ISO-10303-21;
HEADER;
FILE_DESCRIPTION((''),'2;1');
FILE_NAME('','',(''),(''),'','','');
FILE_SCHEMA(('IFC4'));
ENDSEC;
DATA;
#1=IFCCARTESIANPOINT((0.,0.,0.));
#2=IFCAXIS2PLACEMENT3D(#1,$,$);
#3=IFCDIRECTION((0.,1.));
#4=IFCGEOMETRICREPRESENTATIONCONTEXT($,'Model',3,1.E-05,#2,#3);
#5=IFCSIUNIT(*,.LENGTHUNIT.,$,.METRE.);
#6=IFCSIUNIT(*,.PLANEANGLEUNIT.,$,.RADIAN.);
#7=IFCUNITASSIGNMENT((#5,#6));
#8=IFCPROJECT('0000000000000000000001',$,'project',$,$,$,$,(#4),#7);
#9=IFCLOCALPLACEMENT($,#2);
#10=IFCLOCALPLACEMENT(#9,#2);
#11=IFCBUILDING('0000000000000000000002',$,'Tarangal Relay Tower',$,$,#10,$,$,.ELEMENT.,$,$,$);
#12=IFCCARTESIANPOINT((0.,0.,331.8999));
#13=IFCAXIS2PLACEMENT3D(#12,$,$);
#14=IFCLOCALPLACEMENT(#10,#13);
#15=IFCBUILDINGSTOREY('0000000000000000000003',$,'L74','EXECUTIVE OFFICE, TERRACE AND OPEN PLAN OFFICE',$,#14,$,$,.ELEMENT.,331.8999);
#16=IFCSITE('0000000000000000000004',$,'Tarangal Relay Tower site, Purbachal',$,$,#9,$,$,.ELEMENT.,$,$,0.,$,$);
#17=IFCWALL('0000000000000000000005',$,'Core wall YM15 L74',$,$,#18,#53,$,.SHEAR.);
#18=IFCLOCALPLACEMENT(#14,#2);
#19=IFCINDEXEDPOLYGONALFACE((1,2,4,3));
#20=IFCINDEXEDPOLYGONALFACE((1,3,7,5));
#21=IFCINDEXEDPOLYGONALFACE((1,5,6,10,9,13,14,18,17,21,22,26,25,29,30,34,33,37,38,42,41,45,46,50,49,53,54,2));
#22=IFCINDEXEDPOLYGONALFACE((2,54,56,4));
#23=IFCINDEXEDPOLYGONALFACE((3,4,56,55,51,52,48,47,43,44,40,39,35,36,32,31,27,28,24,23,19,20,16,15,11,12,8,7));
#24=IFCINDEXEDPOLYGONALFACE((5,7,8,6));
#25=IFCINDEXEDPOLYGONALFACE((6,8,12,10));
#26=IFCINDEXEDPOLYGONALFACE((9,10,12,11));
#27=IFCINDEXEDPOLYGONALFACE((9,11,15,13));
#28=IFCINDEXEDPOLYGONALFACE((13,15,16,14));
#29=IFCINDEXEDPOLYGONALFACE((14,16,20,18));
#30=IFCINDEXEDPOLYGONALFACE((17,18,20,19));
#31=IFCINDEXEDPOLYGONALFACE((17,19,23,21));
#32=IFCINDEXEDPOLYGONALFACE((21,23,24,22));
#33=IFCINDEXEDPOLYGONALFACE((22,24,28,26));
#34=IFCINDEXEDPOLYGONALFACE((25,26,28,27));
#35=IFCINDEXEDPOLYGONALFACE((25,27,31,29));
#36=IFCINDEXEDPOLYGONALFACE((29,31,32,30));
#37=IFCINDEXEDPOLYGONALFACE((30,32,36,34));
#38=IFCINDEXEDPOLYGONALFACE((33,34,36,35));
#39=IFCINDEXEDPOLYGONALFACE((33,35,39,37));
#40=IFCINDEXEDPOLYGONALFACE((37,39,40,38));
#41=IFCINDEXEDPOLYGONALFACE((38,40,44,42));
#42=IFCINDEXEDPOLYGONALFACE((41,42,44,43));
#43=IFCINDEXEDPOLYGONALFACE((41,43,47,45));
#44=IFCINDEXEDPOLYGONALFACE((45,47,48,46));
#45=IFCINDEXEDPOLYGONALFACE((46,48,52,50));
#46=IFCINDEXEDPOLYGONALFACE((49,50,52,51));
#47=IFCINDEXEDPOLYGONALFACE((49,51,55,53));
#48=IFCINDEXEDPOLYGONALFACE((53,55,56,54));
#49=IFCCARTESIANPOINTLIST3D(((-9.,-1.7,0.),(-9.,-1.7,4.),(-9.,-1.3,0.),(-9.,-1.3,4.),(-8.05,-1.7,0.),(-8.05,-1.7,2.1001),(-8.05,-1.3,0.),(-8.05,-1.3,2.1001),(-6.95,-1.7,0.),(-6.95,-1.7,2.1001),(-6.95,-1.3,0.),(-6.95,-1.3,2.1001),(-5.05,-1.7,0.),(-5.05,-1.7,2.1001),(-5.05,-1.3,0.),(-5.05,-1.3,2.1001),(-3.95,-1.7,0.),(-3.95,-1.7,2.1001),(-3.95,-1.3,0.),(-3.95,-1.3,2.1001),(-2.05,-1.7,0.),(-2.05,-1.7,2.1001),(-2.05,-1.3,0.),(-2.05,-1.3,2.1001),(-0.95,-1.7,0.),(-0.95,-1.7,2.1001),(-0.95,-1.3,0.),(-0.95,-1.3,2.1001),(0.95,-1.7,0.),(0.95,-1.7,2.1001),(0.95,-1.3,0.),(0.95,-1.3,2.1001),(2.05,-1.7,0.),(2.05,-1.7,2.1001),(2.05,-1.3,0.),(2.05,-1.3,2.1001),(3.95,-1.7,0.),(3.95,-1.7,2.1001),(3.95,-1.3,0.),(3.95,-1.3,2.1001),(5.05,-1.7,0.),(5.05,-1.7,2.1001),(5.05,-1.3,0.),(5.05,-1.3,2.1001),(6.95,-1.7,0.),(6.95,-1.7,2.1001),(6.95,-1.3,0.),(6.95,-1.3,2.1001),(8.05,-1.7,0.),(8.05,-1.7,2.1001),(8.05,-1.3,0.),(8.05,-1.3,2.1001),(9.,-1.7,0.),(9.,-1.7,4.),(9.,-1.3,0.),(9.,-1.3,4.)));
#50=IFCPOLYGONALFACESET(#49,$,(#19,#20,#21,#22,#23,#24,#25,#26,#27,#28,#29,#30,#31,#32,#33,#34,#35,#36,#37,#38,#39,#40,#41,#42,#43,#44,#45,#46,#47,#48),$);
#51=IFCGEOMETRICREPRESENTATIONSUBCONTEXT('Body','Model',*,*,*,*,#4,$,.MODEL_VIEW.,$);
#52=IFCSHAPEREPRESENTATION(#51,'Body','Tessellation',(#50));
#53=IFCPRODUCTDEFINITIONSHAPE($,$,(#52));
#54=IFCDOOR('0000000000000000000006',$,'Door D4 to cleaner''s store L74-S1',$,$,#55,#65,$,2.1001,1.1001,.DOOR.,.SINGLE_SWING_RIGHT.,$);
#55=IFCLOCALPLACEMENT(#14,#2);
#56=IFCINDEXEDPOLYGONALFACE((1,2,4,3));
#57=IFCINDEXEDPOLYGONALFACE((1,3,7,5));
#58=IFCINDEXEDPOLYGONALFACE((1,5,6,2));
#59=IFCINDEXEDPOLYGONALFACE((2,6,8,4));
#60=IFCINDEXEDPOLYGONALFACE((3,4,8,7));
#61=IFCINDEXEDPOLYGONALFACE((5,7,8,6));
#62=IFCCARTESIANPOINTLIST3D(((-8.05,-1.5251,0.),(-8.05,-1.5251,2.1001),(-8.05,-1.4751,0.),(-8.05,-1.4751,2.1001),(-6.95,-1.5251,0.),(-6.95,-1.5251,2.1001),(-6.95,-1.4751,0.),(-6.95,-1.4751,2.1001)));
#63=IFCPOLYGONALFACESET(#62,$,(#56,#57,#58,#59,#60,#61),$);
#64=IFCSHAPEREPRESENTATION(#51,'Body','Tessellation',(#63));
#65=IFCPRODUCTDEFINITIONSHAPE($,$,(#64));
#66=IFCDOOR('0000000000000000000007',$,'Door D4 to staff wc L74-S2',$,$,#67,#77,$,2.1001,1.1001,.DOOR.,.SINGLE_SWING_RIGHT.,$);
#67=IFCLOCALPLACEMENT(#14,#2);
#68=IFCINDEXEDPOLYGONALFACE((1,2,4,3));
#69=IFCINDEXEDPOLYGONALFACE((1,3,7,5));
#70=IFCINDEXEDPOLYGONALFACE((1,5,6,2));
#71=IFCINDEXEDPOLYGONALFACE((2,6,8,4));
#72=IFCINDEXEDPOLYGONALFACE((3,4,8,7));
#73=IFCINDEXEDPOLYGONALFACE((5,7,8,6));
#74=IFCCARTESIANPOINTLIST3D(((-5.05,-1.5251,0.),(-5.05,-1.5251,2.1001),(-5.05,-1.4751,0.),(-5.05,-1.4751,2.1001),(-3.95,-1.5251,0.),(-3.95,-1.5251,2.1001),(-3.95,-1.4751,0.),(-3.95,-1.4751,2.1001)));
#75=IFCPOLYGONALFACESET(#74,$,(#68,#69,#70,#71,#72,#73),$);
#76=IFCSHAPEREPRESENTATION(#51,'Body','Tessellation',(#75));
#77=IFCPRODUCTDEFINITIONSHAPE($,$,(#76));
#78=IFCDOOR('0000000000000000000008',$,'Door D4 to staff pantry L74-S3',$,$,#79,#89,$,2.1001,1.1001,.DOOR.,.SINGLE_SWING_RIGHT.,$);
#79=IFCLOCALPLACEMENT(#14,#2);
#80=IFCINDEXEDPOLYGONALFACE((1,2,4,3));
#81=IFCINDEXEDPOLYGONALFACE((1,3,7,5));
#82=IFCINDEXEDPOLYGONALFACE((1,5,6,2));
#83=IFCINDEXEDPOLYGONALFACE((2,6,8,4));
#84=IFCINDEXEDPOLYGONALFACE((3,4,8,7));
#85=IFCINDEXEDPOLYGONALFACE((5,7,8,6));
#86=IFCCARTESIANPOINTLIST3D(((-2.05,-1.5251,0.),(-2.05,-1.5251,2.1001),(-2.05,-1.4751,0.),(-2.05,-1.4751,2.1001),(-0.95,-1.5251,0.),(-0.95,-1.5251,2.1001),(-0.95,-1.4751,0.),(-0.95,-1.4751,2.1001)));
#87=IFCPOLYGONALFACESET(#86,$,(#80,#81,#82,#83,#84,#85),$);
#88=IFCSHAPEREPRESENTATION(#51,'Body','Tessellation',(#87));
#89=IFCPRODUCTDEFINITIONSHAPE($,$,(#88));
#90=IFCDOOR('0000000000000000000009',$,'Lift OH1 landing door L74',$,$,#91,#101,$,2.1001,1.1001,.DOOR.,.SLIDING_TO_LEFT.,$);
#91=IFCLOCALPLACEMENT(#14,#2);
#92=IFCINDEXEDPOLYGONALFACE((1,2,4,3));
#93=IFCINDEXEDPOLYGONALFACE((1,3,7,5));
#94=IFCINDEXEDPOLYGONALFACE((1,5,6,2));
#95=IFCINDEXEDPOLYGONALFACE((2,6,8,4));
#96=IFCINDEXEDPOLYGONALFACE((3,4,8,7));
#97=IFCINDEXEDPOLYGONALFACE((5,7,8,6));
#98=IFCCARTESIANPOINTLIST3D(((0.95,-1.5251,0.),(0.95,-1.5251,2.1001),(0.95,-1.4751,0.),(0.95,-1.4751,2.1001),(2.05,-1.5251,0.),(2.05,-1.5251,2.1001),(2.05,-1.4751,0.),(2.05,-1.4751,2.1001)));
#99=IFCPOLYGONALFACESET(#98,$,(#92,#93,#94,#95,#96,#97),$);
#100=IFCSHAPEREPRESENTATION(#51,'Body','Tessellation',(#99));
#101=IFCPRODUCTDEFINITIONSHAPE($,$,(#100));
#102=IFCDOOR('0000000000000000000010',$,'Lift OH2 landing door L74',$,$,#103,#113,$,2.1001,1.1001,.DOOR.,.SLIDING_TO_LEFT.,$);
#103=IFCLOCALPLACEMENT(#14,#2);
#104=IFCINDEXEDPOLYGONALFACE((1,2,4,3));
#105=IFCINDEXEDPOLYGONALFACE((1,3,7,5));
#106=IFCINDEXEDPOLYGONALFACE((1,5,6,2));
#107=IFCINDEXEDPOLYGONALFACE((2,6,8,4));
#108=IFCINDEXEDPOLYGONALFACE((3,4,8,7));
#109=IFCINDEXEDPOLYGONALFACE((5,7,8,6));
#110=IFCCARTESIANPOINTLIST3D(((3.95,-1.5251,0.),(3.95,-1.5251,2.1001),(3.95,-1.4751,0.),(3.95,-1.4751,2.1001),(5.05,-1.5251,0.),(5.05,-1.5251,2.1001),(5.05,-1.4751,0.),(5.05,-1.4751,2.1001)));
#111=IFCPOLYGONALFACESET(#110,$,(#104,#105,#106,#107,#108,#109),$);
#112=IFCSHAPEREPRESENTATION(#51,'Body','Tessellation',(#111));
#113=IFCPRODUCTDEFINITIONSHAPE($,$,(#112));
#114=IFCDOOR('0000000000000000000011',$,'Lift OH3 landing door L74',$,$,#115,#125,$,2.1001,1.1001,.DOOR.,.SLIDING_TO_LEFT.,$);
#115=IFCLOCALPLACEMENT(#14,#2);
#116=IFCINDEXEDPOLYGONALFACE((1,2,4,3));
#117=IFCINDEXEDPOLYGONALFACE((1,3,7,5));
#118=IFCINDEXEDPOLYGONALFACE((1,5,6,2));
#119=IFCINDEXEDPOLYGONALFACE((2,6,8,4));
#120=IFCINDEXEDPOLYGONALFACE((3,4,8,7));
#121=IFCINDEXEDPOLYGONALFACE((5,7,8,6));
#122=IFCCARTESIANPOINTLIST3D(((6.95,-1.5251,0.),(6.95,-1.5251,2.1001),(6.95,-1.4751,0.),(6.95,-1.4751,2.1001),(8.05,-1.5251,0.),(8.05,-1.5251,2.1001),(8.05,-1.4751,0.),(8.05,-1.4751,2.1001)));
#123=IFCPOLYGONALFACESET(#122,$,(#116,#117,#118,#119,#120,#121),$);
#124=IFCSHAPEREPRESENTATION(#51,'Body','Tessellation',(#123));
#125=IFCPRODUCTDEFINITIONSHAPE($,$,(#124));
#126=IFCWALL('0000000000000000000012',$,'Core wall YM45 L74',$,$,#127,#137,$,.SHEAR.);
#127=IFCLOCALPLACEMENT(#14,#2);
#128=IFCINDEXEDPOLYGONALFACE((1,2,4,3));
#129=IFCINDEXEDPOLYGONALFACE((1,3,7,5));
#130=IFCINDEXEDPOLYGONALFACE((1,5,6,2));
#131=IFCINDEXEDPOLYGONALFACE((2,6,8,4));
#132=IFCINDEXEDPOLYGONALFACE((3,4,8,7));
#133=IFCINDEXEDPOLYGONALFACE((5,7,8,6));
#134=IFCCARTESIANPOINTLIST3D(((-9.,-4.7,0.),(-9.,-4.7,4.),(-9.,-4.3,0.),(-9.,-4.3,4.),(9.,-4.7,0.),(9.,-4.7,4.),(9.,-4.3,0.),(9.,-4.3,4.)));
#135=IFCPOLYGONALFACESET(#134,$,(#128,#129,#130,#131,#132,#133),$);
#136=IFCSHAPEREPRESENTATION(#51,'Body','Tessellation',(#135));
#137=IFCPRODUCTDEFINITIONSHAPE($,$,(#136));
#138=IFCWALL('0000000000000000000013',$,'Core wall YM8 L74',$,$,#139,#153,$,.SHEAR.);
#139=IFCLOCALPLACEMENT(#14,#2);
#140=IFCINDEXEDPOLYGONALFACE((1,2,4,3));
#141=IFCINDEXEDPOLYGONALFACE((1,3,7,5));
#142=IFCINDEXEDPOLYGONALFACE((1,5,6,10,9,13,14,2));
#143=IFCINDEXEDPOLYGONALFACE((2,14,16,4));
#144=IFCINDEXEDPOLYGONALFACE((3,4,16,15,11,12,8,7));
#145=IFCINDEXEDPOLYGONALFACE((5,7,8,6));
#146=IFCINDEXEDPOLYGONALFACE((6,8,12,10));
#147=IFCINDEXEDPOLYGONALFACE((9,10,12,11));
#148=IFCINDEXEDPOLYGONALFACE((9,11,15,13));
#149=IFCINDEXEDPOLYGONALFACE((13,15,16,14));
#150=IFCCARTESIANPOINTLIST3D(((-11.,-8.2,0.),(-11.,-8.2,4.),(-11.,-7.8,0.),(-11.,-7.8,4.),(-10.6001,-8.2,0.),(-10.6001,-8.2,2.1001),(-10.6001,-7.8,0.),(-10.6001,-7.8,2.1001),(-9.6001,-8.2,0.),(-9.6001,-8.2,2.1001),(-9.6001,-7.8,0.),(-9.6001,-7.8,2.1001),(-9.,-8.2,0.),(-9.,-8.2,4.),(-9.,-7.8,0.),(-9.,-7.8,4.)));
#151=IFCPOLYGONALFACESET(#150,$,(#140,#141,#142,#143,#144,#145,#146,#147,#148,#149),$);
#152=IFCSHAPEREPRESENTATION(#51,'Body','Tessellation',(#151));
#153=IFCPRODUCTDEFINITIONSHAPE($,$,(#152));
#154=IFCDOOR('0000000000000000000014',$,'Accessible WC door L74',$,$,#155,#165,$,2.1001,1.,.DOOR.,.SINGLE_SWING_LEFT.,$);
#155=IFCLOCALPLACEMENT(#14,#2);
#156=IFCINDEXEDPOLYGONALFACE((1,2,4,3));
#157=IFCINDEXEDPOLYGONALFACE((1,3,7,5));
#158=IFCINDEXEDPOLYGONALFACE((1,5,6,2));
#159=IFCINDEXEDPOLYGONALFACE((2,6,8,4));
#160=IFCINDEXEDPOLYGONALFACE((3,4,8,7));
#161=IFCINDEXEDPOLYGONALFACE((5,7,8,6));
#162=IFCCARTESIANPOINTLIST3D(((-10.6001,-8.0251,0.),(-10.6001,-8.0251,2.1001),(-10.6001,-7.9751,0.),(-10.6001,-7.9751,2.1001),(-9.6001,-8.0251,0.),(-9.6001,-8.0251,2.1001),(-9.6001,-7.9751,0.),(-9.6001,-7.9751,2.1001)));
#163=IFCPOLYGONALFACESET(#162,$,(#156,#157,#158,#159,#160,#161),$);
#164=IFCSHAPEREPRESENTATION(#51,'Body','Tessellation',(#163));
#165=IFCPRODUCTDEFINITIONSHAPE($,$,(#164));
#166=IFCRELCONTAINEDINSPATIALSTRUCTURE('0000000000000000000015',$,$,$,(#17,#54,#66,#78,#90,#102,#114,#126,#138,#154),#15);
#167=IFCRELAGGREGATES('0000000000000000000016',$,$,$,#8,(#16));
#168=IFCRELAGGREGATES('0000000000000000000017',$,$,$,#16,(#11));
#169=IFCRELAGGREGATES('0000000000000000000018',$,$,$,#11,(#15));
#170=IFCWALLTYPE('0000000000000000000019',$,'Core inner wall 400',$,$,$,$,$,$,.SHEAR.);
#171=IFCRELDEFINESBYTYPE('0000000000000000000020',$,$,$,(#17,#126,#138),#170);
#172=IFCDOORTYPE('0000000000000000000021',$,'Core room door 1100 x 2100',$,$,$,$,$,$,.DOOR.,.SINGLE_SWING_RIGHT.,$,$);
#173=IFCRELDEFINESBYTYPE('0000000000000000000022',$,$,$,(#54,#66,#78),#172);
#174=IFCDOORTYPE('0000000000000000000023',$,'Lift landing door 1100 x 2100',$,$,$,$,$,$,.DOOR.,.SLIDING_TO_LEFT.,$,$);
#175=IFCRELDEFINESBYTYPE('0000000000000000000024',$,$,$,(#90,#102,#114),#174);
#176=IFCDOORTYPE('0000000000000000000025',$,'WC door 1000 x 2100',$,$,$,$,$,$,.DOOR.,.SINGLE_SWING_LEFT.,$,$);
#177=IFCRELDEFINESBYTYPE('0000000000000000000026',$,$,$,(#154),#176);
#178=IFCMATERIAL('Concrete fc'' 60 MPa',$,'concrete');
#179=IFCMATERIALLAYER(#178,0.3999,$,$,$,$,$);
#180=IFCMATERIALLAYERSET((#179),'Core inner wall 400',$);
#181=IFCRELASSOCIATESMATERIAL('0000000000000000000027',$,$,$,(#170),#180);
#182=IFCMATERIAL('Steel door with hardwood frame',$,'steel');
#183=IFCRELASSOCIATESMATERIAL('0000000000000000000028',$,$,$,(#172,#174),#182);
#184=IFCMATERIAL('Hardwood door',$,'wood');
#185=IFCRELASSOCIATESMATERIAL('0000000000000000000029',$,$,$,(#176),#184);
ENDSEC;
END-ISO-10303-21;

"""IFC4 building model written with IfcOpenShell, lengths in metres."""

from ifc_helpers import new_model, si_unit, direction, frame, frame_2d, origin, place, context, subcontext, project, spatial, rectangle, extrude, material, layer, layer_set, type_object, element, fill, save


model = new_model("IFC4")

# Units and contexts
model_context = context("Model", 3, precision=1e-05, world=origin(), true_north=direction((0.0, 1.0)))
body_context = subcontext(model_context, "Body", "Model", "MODEL_VIEW")
ifc_project = project(units=[si_unit("LENGTHUNIT", "METRE"), si_unit("PLANEANGLEUNIT", "RADIAN")], contexts=[model_context])

# Site, building, storey
site_placement = place(None, origin())
site = spatial("IfcSite", under=ifc_project, at=site_placement, Name="Tarangal Relay Tower site, Purbachal", CompositionType="ELEMENT", RefElevation=0.0)
building_placement = place(site_placement, origin())
building = spatial("IfcBuilding", under=site, at=building_placement, Name="Tarangal Relay Tower", CompositionType="ELEMENT")
storey_placement = place(building_placement, frame((0.0, 0.0, 331.8999)))
storey = spatial("IfcBuildingStorey", under=building, at=storey_placement, Name="L74", Description="EXECUTIVE OFFICE, TERRACE AND OPEN PLAN OFFICE", CompositionType="ELEMENT", Elevation=331.8999)

# Wall, openings, doors
ifc_material_1 = material(Name="Concrete fc' 60 MPa", Category="concrete")
ifc_layer_1 = layer(ifc_material_1, 0.3999)
ifc_layer_set_1 = layer_set([ifc_layer_1], Name="Core inner wall 400")
wall_type_1 = type_object("IfcWallType", Name="Core inner wall 400", PredefinedType="SHEAR", material=ifc_layer_set_1)
wall_1_placement = place(storey_placement, frame((-9.0, -1.5, 0.0), z_axis=(0.0, 0.0, 1.0), x_axis=(1.0, 0.0, 0.0)))
wall_1 = element("IfcWall", 1, at=wall_1_placement, inside=storey, type_object=wall_type_1, Name="Core wall YM15 L74", PredefinedType="SHEAR", context=body_context, shape_type="SweptSolid", body=[
    extrude(rectangle(XDim=18.0, YDim=0.3999, at=frame_2d((9.0, 0.0))), origin(), (0.0, 0.0, 1.0), 4.0),
])
opening_1_placement = place(wall_1_placement, frame((9.95, 0.0, 0.0)))
opening_1 = element("IfcOpeningElement", 2, at=opening_1_placement, cuts=wall_1, PredefinedType="OPENING", context=body_context, shape_type="SweptSolid", body=[
    extrude(rectangle(XDim=1.1001, YDim=2.1001, at=frame_2d((0.55, 1.05))), frame((0.0, 0.21, 0.0), z_axis=(0.0, -1.0, 0.0), x_axis=(1.0, 0.0, 0.0)), (0.0, 0.0, 1.0), 0.4199),
])
opening_2_placement = place(wall_1_placement, frame((12.95, 0.0, 0.0)))
opening_2 = element("IfcOpeningElement", 3, at=opening_2_placement, cuts=wall_1, PredefinedType="OPENING", context=body_context, shape_type="SweptSolid", body=[
    extrude(rectangle(XDim=1.1001, YDim=2.1001, at=frame_2d((0.55, 1.05))), frame((0.0, 0.21, 0.0), z_axis=(0.0, -1.0, 0.0), x_axis=(1.0, 0.0, 0.0)), (0.0, 0.0, 1.0), 0.4199),
])
opening_3_placement = place(wall_1_placement, frame((15.95, 0.0, 0.0)))
opening_3 = element("IfcOpeningElement", 4, at=opening_3_placement, cuts=wall_1, PredefinedType="OPENING", context=body_context, shape_type="SweptSolid", body=[
    extrude(rectangle(XDim=1.1001, YDim=2.1001, at=frame_2d((0.55, 1.05))), frame((0.0, 0.21, 0.0), z_axis=(0.0, -1.0, 0.0), x_axis=(1.0, 0.0, 0.0)), (0.0, 0.0, 1.0), 0.4199),
])
opening_4_placement = place(wall_1_placement, frame((0.95, 0.0, 0.0)))
opening_4 = element("IfcOpeningElement", 5, at=opening_4_placement, cuts=wall_1, PredefinedType="OPENING", context=body_context, shape_type="SweptSolid", body=[
    extrude(rectangle(XDim=1.1001, YDim=2.1001, at=frame_2d((0.55, 1.05))), frame((0.0, 0.21, 0.0), z_axis=(0.0, -1.0, 0.0), x_axis=(1.0, 0.0, 0.0)), (0.0, 0.0, 1.0), 0.4199),
])
opening_5_placement = place(wall_1_placement, frame((3.95, 0.0, 0.0)))
opening_5 = element("IfcOpeningElement", 6, at=opening_5_placement, cuts=wall_1, PredefinedType="OPENING", context=body_context, shape_type="SweptSolid", body=[
    extrude(rectangle(XDim=1.1001, YDim=2.1001, at=frame_2d((0.55, 1.05))), frame((0.0, 0.21, 0.0), z_axis=(0.0, -1.0, 0.0), x_axis=(1.0, 0.0, 0.0)), (0.0, 0.0, 1.0), 0.4199),
])
opening_6_placement = place(wall_1_placement, frame((6.95, 0.0, 0.0)))
opening_6 = element("IfcOpeningElement", 7, at=opening_6_placement, cuts=wall_1, PredefinedType="OPENING", context=body_context, shape_type="SweptSolid", body=[
    extrude(rectangle(XDim=1.1001, YDim=2.1001, at=frame_2d((0.55, 1.05))), frame((0.0, 0.21, 0.0), z_axis=(0.0, -1.0, 0.0), x_axis=(1.0, 0.0, 0.0)), (0.0, 0.0, 1.0), 0.4199),
])
ifc_material_2 = material(Name="Steel door with hardwood frame", Category="steel")
door_type_1 = type_object("IfcDoorType", Name="Core room door 1100 x 2100", OperationType="SINGLE_SWING_RIGHT", PredefinedType="DOOR", material=ifc_material_2)
door_1_placement = place(opening_4_placement, origin())
door_1 = element("IfcDoor", 8, at=door_1_placement, inside=storey, type_object=door_type_1, Name="Door D4 to cleaner's store L74-S1", OperationType="SINGLE_SWING_RIGHT", OverallHeight=2.1001, OverallWidth=1.1001, PredefinedType="DOOR", context=body_context, shape_type="SweptSolid", body=[
    extrude(rectangle(XDim=1.1001, YDim=2.1001, at=frame_2d((0.55, 1.05))), frame((0.0, 0.0249, 0.0), z_axis=(0.0, -1.0, 0.0), x_axis=(1.0, 0.0, 0.0)), (0.0, 0.0, 1.0), 0.05),
])
fill(opening_4, door_1)
door_2_placement = place(opening_5_placement, origin())
door_2 = element("IfcDoor", 9, at=door_2_placement, inside=storey, type_object=door_type_1, Name="Door D4 to staff wc L74-S2", OperationType="SINGLE_SWING_RIGHT", OverallHeight=2.1001, OverallWidth=1.1001, PredefinedType="DOOR", context=body_context, shape_type="SweptSolid", body=[
    extrude(rectangle(XDim=1.1001, YDim=2.1001, at=frame_2d((0.55, 1.05))), frame((0.0, 0.0249, 0.0), z_axis=(0.0, -1.0, 0.0), x_axis=(1.0, 0.0, 0.0)), (0.0, 0.0, 1.0), 0.05),
])
fill(opening_5, door_2)
door_3_placement = place(opening_6_placement, origin())
door_3 = element("IfcDoor", 10, at=door_3_placement, inside=storey, type_object=door_type_1, Name="Door D4 to staff pantry L74-S3", OperationType="SINGLE_SWING_RIGHT", OverallHeight=2.1001, OverallWidth=1.1001, PredefinedType="DOOR", context=body_context, shape_type="SweptSolid", body=[
    extrude(rectangle(XDim=1.1001, YDim=2.1001, at=frame_2d((0.55, 1.05))), frame((0.0, 0.0249, 0.0), z_axis=(0.0, -1.0, 0.0), x_axis=(1.0, 0.0, 0.0)), (0.0, 0.0, 1.0), 0.05),
])
fill(opening_6, door_3)
door_type_2 = type_object("IfcDoorType", Name="Lift landing door 1100 x 2100", OperationType="SLIDING_TO_LEFT", PredefinedType="DOOR", material=ifc_material_2)
door_4_placement = place(opening_1_placement, origin())
door_4 = element("IfcDoor", 11, at=door_4_placement, inside=storey, type_object=door_type_2, Name="Lift OH1 landing door L74", OperationType="SLIDING_TO_LEFT", OverallHeight=2.1001, OverallWidth=1.1001, PredefinedType="DOOR", context=body_context, shape_type="SweptSolid", body=[
    extrude(rectangle(XDim=1.1001, YDim=2.1001, at=frame_2d((0.55, 1.05))), frame((0.0, 0.0249, 0.0), z_axis=(0.0, -1.0, 0.0), x_axis=(1.0, 0.0, 0.0)), (0.0, 0.0, 1.0), 0.05),
])
fill(opening_1, door_4)
door_5_placement = place(opening_2_placement, origin())
door_5 = element("IfcDoor", 12, at=door_5_placement, inside=storey, type_object=door_type_2, Name="Lift OH2 landing door L74", OperationType="SLIDING_TO_LEFT", OverallHeight=2.1001, OverallWidth=1.1001, PredefinedType="DOOR", context=body_context, shape_type="SweptSolid", body=[
    extrude(rectangle(XDim=1.1001, YDim=2.1001, at=frame_2d((0.55, 1.05))), frame((0.0, 0.0249, 0.0), z_axis=(0.0, -1.0, 0.0), x_axis=(1.0, 0.0, 0.0)), (0.0, 0.0, 1.0), 0.05),
])
fill(opening_2, door_5)
door_6_placement = place(opening_3_placement, origin())
door_6 = element("IfcDoor", 13, at=door_6_placement, inside=storey, type_object=door_type_2, Name="Lift OH3 landing door L74", OperationType="SLIDING_TO_LEFT", OverallHeight=2.1001, OverallWidth=1.1001, PredefinedType="DOOR", context=body_context, shape_type="SweptSolid", body=[
    extrude(rectangle(XDim=1.1001, YDim=2.1001, at=frame_2d((0.55, 1.05))), frame((0.0, 0.0249, 0.0), z_axis=(0.0, -1.0, 0.0), x_axis=(1.0, 0.0, 0.0)), (0.0, 0.0, 1.0), 0.05),
])
fill(opening_3, door_6)

# Wall
wall_2_placement = place(storey_placement, frame((-9.0, -4.5, 0.0), z_axis=(0.0, 0.0, 1.0), x_axis=(1.0, 0.0, 0.0)))
element("IfcWall", 14, at=wall_2_placement, inside=storey, type_object=wall_type_1, Name="Core wall YM45 L74", PredefinedType="SHEAR", context=body_context, shape_type="SweptSolid", body=[
    extrude(rectangle(XDim=18.0, YDim=0.3999, at=frame_2d((9.0, 0.0))), origin(), (0.0, 0.0, 1.0), 4.0),
])

# Wall, opening, door
wall_3_placement = place(storey_placement, frame((-11.0, -8.0, 0.0), z_axis=(0.0, 0.0, 1.0), x_axis=(1.0, 0.0, 0.0)))
wall_3 = element("IfcWall", 15, at=wall_3_placement, inside=storey, type_object=wall_type_1, Name="Core wall YM8 L74", PredefinedType="SHEAR", context=body_context, shape_type="SweptSolid", body=[
    extrude(rectangle(XDim=2.0, YDim=0.3999, at=frame_2d((1.0, 0.0))), origin(), (0.0, 0.0, 1.0), 4.0),
])
opening_7_placement = place(wall_3_placement, frame((0.3999, 0.0, 0.0)))
opening_7 = element("IfcOpeningElement", 16, at=opening_7_placement, cuts=wall_3, PredefinedType="OPENING", context=body_context, shape_type="SweptSolid", body=[
    extrude(rectangle(XDim=1.0, YDim=2.1001, at=frame_2d((0.5, 1.05))), frame((0.0, 0.21, 0.0), z_axis=(0.0, -1.0, 0.0), x_axis=(1.0, 0.0, 0.0)), (0.0, 0.0, 1.0), 0.4199),
])
ifc_material_3 = material(Name="Hardwood door", Category="wood")
door_type_3 = type_object("IfcDoorType", Name="WC door 1000 x 2100", OperationType="SINGLE_SWING_LEFT", PredefinedType="DOOR", material=ifc_material_3)
door_7_placement = place(opening_7_placement, origin())
door_7 = element("IfcDoor", 17, at=door_7_placement, inside=storey, type_object=door_type_3, Name="Accessible WC door L74", OperationType="SINGLE_SWING_LEFT", OverallHeight=2.1001, OverallWidth=1.0, PredefinedType="DOOR", context=body_context, shape_type="SweptSolid", body=[
    extrude(rectangle(XDim=1.0, YDim=2.1001, at=frame_2d((0.5, 1.05))), frame((0.0, 0.0249, 0.0), z_axis=(0.0, -1.0, 0.0), x_axis=(1.0, 0.0, 0.0)), (0.0, 0.0, 1.0), 0.05),
])
fill(opening_7, door_7)

save(model, "model.ifc")
